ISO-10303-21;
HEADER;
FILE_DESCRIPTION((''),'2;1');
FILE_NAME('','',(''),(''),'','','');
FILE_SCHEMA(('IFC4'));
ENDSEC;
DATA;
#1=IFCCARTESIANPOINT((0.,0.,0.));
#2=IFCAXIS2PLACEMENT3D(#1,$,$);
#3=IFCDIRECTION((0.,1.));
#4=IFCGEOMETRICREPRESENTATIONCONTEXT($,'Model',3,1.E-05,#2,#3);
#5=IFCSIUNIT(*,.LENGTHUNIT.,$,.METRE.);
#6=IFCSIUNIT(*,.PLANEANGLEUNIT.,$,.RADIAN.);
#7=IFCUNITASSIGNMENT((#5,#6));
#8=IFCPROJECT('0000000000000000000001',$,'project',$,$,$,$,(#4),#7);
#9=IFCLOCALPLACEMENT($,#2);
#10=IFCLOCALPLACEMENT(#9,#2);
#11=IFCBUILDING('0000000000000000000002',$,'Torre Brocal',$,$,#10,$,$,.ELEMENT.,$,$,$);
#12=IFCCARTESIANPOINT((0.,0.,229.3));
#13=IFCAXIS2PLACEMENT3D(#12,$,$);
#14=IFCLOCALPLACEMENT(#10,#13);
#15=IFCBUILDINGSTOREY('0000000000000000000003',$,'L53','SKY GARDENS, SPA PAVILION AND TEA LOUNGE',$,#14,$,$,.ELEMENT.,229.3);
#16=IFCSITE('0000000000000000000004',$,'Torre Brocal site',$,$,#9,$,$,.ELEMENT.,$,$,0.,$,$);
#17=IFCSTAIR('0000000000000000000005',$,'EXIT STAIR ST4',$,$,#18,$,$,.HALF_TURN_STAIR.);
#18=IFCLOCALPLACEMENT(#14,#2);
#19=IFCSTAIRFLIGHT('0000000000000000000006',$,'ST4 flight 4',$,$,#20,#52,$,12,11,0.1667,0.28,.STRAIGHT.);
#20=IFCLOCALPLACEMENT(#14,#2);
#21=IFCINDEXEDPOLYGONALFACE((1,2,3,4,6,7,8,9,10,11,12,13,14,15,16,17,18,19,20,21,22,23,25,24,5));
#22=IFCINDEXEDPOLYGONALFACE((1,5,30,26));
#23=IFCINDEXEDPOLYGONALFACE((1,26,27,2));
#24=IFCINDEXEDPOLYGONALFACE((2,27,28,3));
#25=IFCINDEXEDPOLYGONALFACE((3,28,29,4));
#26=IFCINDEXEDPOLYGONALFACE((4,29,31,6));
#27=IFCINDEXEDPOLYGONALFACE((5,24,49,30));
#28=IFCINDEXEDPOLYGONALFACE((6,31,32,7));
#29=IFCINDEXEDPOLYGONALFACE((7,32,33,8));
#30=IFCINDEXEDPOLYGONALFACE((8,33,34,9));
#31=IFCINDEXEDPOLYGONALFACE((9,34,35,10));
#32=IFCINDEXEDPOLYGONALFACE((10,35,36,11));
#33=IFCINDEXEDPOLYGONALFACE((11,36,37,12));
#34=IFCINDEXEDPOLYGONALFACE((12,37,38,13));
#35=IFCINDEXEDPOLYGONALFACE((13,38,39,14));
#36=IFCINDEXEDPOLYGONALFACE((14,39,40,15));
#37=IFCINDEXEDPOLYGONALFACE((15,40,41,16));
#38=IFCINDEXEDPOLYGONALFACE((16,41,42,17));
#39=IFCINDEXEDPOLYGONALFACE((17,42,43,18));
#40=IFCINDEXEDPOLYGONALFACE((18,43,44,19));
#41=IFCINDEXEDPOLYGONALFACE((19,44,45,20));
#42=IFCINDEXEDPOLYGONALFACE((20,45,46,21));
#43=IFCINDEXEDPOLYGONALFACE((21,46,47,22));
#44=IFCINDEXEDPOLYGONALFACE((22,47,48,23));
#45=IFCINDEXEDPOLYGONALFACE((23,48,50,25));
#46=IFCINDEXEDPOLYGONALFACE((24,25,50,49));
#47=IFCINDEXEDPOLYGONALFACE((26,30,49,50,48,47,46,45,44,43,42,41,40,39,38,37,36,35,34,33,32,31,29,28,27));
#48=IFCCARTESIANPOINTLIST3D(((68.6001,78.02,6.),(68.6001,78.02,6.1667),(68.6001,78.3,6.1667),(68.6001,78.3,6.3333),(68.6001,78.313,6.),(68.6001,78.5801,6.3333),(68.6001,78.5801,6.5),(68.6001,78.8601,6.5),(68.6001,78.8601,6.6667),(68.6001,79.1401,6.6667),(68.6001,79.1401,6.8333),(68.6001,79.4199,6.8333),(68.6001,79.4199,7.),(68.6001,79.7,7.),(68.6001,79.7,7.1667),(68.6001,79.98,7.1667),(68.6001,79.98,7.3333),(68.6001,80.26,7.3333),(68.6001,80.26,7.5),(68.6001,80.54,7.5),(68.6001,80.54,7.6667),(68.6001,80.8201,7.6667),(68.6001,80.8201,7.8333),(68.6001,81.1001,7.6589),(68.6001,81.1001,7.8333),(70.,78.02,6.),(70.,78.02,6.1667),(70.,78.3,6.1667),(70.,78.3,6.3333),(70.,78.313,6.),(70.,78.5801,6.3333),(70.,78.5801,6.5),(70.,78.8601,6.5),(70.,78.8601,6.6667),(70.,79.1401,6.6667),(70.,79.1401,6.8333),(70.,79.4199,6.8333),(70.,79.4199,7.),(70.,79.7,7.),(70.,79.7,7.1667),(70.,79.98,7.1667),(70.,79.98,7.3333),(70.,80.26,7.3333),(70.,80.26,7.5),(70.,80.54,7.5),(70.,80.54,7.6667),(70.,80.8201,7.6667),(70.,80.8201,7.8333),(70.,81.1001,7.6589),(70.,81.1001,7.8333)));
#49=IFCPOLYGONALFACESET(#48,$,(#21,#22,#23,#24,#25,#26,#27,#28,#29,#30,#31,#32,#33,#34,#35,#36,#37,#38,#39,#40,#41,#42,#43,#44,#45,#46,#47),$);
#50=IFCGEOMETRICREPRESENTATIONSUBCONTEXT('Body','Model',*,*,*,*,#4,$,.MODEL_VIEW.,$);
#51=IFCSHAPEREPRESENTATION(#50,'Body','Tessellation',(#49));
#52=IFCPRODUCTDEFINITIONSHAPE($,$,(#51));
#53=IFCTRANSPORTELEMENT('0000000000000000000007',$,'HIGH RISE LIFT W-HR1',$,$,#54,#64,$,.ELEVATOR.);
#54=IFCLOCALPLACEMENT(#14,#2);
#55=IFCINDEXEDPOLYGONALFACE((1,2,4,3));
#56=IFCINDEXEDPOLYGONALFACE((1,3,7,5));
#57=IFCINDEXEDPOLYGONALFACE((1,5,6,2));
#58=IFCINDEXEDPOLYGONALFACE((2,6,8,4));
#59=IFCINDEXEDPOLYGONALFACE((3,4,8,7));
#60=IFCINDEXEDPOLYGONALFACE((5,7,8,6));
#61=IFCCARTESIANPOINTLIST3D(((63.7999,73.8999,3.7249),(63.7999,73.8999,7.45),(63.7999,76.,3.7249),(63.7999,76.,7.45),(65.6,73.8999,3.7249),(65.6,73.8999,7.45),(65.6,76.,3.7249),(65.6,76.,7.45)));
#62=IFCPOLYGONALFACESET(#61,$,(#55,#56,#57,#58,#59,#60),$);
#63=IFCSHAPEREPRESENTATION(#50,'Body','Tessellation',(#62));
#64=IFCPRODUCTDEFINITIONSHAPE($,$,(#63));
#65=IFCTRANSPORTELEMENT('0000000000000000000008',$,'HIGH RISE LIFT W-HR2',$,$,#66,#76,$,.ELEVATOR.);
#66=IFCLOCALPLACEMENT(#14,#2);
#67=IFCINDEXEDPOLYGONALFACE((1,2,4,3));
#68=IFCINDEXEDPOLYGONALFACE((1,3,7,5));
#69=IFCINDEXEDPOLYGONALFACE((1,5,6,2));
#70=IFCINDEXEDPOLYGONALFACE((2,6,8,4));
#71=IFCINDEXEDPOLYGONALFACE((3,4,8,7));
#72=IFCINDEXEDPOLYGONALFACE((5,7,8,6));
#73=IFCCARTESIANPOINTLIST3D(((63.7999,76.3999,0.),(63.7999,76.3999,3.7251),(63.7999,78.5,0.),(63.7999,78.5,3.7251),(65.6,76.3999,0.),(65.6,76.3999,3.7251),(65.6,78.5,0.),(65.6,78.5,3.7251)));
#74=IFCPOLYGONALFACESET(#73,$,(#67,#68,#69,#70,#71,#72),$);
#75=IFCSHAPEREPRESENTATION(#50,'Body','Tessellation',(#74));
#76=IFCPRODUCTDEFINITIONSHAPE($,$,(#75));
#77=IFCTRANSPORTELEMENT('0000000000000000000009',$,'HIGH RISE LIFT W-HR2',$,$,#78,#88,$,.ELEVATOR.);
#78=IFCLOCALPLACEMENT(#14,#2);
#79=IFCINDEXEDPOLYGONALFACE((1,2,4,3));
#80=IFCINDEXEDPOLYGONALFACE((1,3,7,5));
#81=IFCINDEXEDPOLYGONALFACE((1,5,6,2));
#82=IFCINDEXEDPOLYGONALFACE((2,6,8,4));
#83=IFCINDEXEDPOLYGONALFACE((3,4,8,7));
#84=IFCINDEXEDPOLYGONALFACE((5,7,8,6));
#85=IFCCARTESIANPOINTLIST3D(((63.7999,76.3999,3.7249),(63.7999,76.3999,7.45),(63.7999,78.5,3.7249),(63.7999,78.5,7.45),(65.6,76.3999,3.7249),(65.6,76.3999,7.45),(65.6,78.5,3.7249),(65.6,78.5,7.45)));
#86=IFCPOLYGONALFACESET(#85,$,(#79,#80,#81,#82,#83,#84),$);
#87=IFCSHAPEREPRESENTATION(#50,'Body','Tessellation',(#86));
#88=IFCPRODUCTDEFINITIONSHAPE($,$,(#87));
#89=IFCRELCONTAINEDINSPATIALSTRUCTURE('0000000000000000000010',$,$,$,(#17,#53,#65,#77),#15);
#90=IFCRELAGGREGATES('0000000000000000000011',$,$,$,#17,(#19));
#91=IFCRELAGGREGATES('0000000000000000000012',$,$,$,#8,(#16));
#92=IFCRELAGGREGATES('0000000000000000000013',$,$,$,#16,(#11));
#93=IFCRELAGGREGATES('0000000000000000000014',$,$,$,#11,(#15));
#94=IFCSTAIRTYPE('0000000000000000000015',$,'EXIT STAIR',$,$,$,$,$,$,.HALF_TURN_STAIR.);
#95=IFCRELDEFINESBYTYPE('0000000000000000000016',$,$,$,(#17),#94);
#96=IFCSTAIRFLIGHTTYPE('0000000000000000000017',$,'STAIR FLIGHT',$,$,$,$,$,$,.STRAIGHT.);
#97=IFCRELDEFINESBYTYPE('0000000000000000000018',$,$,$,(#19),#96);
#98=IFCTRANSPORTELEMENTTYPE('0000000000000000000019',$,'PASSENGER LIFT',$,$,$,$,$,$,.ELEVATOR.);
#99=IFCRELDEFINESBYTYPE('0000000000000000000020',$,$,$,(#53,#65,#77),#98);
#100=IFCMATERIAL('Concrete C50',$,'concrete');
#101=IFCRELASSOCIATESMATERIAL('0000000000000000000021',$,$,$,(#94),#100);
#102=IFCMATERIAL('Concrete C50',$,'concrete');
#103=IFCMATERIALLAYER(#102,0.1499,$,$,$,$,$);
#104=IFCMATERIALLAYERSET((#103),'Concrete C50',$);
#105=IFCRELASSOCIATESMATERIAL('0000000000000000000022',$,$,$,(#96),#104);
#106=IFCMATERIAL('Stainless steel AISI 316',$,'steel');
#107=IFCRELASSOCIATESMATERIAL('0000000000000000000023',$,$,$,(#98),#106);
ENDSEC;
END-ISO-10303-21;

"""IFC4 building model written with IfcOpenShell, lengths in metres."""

from ifc_helpers import new_model, si_unit, direction, frame, origin, origin_2d, place, context, subcontext, project, spatial, polyline, rectangle, outline, extrude, material, layer, layer_set, type_object, element, aggregate, save


model = new_model("IFC4")

# Units and contexts
model_context = context("Model", 3, precision=1e-05, world=origin(), true_north=direction((0.0, 1.0)))
body_context = subcontext(model_context, "Body", "Model", "MODEL_VIEW")
ifc_project = project(units=[si_unit("LENGTHUNIT", "METRE"), si_unit("PLANEANGLEUNIT", "RADIAN")], contexts=[model_context])

# Site, building, storey
site_placement = place(None, origin())
site = spatial("IfcSite", under=ifc_project, at=site_placement, Name="Torre Brocal site", CompositionType="ELEMENT", RefElevation=0.0)
building_placement = place(site_placement, origin())
building = spatial("IfcBuilding", under=site, at=building_placement, Name="Torre Brocal", CompositionType="ELEMENT")
storey_placement = place(building_placement, frame((0.0, 0.0, 229.3)))
storey = spatial("IfcBuildingStorey", under=building, at=storey_placement, Name="L53", Description="SKY GARDENS, SPA PAVILION AND TEA LOUNGE", CompositionType="ELEMENT", Elevation=229.3)

# Stair, stair flight
ifc_material_1 = material(Name="Concrete C50", Category="concrete")
stair_type = type_object("IfcStairType", Name="EXIT STAIR", PredefinedType="HALF_TURN_STAIR", material=ifc_material_1)
stair_placement = place(storey_placement, origin())
stair = element("IfcStair", 1, at=stair_placement, inside=storey, type_object=stair_type, Name="EXIT STAIR ST4", PredefinedType="HALF_TURN_STAIR")
ifc_material_2 = material(Name="Concrete C50", Category="concrete")
ifc_layer_1 = layer(ifc_material_2, 0.1499)
ifc_layer_set_1 = layer_set([ifc_layer_1], Name="Concrete C50")
stair_flight_type = type_object("IfcStairFlightType", Name="STAIR FLIGHT", PredefinedType="STRAIGHT", material=ifc_layer_set_1)
stair_flight_1_placement = place(storey_placement, frame((69.3, 78.02, 6.0), z_axis=(0.0, 0.0, 1.0), x_axis=(0.0, 1.0, 0.0)))
stair_flight_1 = element("IfcStairFlight", 2, at=stair_flight_1_placement, type_object=stair_flight_type, Name="ST4 flight 4", NumberOfRisers=12, NumberOfTreads=11, PredefinedType="STRAIGHT", RiserHeight=0.1667, TreadLength=0.28, context=body_context, shape_type="SweptSolid", body=[
    extrude(outline(polyline([(0.0, 0.0), (0.0, 0.1667), (0.28, 0.1667), (0.28, 0.3333), (0.5601, 0.3333), (0.5601, 0.5), (0.8401, 0.5), (0.8401, 0.6667), (1.1201, 0.6667), (1.1201, 0.8333), (1.3999, 0.8333), (1.3999, 1.0), (1.6799, 1.0), (1.6799, 1.1667), (1.96, 1.1667), (1.96, 1.3333), (2.24, 1.3333), (2.24, 1.5), (2.52, 1.5), (2.52, 1.6667), (2.8, 1.6667), (2.8, 1.8333), (3.0801, 1.8333), (3.0801, 2.0), (3.0801, 1.6589), (0.293, 0.0), (0.0, 0.0)])), frame((0.0, 0.7, 0.0), z_axis=(0.0, -1.0, 0.0), x_axis=(1.0, 0.0, 0.0)), (0.0, 0.0, 1.0), 1.3999),
])
aggregate(stair, [stair_flight_1])

# Transport elements
ifc_material_3 = material(Name="Stainless steel AISI 316", Category="steel")
transport_element_type = type_object("IfcTransportElementType", Name="PASSENGER LIFT", PredefinedType="ELEVATOR", material=ifc_material_3)
for number, where, z_axis, x_axis, name in (
    (3, (64.7, 74.95, 3.7249), (0.0, 0.0, 1.0), (1.0, 0.0, 0.0), "HIGH RISE LIFT W-HR1"),
    (4, (64.7, 77.45, 0.0), (0.0, 0.0, 1.0), (1.0, 0.0, 0.0), "HIGH RISE LIFT W-HR2"),
    (5, (64.7, 77.45, 3.7249), (0.0, 0.0, 1.0), (1.0, 0.0, 0.0), "HIGH RISE LIFT W-HR2"),
):
    element("IfcTransportElement", number, at=place(storey_placement, frame(where, z_axis=z_axis, x_axis=x_axis)), inside=storey, type_object=transport_element_type, Name=name, PredefinedType="ELEVATOR", context=body_context, shape_type="SweptSolid", body=[
        extrude(rectangle(XDim=1.8, YDim=2.1001, at=origin_2d()), origin(), (0.0, 0.0, 1.0), 3.7251),
    ])

save(model, "model.ifc")
